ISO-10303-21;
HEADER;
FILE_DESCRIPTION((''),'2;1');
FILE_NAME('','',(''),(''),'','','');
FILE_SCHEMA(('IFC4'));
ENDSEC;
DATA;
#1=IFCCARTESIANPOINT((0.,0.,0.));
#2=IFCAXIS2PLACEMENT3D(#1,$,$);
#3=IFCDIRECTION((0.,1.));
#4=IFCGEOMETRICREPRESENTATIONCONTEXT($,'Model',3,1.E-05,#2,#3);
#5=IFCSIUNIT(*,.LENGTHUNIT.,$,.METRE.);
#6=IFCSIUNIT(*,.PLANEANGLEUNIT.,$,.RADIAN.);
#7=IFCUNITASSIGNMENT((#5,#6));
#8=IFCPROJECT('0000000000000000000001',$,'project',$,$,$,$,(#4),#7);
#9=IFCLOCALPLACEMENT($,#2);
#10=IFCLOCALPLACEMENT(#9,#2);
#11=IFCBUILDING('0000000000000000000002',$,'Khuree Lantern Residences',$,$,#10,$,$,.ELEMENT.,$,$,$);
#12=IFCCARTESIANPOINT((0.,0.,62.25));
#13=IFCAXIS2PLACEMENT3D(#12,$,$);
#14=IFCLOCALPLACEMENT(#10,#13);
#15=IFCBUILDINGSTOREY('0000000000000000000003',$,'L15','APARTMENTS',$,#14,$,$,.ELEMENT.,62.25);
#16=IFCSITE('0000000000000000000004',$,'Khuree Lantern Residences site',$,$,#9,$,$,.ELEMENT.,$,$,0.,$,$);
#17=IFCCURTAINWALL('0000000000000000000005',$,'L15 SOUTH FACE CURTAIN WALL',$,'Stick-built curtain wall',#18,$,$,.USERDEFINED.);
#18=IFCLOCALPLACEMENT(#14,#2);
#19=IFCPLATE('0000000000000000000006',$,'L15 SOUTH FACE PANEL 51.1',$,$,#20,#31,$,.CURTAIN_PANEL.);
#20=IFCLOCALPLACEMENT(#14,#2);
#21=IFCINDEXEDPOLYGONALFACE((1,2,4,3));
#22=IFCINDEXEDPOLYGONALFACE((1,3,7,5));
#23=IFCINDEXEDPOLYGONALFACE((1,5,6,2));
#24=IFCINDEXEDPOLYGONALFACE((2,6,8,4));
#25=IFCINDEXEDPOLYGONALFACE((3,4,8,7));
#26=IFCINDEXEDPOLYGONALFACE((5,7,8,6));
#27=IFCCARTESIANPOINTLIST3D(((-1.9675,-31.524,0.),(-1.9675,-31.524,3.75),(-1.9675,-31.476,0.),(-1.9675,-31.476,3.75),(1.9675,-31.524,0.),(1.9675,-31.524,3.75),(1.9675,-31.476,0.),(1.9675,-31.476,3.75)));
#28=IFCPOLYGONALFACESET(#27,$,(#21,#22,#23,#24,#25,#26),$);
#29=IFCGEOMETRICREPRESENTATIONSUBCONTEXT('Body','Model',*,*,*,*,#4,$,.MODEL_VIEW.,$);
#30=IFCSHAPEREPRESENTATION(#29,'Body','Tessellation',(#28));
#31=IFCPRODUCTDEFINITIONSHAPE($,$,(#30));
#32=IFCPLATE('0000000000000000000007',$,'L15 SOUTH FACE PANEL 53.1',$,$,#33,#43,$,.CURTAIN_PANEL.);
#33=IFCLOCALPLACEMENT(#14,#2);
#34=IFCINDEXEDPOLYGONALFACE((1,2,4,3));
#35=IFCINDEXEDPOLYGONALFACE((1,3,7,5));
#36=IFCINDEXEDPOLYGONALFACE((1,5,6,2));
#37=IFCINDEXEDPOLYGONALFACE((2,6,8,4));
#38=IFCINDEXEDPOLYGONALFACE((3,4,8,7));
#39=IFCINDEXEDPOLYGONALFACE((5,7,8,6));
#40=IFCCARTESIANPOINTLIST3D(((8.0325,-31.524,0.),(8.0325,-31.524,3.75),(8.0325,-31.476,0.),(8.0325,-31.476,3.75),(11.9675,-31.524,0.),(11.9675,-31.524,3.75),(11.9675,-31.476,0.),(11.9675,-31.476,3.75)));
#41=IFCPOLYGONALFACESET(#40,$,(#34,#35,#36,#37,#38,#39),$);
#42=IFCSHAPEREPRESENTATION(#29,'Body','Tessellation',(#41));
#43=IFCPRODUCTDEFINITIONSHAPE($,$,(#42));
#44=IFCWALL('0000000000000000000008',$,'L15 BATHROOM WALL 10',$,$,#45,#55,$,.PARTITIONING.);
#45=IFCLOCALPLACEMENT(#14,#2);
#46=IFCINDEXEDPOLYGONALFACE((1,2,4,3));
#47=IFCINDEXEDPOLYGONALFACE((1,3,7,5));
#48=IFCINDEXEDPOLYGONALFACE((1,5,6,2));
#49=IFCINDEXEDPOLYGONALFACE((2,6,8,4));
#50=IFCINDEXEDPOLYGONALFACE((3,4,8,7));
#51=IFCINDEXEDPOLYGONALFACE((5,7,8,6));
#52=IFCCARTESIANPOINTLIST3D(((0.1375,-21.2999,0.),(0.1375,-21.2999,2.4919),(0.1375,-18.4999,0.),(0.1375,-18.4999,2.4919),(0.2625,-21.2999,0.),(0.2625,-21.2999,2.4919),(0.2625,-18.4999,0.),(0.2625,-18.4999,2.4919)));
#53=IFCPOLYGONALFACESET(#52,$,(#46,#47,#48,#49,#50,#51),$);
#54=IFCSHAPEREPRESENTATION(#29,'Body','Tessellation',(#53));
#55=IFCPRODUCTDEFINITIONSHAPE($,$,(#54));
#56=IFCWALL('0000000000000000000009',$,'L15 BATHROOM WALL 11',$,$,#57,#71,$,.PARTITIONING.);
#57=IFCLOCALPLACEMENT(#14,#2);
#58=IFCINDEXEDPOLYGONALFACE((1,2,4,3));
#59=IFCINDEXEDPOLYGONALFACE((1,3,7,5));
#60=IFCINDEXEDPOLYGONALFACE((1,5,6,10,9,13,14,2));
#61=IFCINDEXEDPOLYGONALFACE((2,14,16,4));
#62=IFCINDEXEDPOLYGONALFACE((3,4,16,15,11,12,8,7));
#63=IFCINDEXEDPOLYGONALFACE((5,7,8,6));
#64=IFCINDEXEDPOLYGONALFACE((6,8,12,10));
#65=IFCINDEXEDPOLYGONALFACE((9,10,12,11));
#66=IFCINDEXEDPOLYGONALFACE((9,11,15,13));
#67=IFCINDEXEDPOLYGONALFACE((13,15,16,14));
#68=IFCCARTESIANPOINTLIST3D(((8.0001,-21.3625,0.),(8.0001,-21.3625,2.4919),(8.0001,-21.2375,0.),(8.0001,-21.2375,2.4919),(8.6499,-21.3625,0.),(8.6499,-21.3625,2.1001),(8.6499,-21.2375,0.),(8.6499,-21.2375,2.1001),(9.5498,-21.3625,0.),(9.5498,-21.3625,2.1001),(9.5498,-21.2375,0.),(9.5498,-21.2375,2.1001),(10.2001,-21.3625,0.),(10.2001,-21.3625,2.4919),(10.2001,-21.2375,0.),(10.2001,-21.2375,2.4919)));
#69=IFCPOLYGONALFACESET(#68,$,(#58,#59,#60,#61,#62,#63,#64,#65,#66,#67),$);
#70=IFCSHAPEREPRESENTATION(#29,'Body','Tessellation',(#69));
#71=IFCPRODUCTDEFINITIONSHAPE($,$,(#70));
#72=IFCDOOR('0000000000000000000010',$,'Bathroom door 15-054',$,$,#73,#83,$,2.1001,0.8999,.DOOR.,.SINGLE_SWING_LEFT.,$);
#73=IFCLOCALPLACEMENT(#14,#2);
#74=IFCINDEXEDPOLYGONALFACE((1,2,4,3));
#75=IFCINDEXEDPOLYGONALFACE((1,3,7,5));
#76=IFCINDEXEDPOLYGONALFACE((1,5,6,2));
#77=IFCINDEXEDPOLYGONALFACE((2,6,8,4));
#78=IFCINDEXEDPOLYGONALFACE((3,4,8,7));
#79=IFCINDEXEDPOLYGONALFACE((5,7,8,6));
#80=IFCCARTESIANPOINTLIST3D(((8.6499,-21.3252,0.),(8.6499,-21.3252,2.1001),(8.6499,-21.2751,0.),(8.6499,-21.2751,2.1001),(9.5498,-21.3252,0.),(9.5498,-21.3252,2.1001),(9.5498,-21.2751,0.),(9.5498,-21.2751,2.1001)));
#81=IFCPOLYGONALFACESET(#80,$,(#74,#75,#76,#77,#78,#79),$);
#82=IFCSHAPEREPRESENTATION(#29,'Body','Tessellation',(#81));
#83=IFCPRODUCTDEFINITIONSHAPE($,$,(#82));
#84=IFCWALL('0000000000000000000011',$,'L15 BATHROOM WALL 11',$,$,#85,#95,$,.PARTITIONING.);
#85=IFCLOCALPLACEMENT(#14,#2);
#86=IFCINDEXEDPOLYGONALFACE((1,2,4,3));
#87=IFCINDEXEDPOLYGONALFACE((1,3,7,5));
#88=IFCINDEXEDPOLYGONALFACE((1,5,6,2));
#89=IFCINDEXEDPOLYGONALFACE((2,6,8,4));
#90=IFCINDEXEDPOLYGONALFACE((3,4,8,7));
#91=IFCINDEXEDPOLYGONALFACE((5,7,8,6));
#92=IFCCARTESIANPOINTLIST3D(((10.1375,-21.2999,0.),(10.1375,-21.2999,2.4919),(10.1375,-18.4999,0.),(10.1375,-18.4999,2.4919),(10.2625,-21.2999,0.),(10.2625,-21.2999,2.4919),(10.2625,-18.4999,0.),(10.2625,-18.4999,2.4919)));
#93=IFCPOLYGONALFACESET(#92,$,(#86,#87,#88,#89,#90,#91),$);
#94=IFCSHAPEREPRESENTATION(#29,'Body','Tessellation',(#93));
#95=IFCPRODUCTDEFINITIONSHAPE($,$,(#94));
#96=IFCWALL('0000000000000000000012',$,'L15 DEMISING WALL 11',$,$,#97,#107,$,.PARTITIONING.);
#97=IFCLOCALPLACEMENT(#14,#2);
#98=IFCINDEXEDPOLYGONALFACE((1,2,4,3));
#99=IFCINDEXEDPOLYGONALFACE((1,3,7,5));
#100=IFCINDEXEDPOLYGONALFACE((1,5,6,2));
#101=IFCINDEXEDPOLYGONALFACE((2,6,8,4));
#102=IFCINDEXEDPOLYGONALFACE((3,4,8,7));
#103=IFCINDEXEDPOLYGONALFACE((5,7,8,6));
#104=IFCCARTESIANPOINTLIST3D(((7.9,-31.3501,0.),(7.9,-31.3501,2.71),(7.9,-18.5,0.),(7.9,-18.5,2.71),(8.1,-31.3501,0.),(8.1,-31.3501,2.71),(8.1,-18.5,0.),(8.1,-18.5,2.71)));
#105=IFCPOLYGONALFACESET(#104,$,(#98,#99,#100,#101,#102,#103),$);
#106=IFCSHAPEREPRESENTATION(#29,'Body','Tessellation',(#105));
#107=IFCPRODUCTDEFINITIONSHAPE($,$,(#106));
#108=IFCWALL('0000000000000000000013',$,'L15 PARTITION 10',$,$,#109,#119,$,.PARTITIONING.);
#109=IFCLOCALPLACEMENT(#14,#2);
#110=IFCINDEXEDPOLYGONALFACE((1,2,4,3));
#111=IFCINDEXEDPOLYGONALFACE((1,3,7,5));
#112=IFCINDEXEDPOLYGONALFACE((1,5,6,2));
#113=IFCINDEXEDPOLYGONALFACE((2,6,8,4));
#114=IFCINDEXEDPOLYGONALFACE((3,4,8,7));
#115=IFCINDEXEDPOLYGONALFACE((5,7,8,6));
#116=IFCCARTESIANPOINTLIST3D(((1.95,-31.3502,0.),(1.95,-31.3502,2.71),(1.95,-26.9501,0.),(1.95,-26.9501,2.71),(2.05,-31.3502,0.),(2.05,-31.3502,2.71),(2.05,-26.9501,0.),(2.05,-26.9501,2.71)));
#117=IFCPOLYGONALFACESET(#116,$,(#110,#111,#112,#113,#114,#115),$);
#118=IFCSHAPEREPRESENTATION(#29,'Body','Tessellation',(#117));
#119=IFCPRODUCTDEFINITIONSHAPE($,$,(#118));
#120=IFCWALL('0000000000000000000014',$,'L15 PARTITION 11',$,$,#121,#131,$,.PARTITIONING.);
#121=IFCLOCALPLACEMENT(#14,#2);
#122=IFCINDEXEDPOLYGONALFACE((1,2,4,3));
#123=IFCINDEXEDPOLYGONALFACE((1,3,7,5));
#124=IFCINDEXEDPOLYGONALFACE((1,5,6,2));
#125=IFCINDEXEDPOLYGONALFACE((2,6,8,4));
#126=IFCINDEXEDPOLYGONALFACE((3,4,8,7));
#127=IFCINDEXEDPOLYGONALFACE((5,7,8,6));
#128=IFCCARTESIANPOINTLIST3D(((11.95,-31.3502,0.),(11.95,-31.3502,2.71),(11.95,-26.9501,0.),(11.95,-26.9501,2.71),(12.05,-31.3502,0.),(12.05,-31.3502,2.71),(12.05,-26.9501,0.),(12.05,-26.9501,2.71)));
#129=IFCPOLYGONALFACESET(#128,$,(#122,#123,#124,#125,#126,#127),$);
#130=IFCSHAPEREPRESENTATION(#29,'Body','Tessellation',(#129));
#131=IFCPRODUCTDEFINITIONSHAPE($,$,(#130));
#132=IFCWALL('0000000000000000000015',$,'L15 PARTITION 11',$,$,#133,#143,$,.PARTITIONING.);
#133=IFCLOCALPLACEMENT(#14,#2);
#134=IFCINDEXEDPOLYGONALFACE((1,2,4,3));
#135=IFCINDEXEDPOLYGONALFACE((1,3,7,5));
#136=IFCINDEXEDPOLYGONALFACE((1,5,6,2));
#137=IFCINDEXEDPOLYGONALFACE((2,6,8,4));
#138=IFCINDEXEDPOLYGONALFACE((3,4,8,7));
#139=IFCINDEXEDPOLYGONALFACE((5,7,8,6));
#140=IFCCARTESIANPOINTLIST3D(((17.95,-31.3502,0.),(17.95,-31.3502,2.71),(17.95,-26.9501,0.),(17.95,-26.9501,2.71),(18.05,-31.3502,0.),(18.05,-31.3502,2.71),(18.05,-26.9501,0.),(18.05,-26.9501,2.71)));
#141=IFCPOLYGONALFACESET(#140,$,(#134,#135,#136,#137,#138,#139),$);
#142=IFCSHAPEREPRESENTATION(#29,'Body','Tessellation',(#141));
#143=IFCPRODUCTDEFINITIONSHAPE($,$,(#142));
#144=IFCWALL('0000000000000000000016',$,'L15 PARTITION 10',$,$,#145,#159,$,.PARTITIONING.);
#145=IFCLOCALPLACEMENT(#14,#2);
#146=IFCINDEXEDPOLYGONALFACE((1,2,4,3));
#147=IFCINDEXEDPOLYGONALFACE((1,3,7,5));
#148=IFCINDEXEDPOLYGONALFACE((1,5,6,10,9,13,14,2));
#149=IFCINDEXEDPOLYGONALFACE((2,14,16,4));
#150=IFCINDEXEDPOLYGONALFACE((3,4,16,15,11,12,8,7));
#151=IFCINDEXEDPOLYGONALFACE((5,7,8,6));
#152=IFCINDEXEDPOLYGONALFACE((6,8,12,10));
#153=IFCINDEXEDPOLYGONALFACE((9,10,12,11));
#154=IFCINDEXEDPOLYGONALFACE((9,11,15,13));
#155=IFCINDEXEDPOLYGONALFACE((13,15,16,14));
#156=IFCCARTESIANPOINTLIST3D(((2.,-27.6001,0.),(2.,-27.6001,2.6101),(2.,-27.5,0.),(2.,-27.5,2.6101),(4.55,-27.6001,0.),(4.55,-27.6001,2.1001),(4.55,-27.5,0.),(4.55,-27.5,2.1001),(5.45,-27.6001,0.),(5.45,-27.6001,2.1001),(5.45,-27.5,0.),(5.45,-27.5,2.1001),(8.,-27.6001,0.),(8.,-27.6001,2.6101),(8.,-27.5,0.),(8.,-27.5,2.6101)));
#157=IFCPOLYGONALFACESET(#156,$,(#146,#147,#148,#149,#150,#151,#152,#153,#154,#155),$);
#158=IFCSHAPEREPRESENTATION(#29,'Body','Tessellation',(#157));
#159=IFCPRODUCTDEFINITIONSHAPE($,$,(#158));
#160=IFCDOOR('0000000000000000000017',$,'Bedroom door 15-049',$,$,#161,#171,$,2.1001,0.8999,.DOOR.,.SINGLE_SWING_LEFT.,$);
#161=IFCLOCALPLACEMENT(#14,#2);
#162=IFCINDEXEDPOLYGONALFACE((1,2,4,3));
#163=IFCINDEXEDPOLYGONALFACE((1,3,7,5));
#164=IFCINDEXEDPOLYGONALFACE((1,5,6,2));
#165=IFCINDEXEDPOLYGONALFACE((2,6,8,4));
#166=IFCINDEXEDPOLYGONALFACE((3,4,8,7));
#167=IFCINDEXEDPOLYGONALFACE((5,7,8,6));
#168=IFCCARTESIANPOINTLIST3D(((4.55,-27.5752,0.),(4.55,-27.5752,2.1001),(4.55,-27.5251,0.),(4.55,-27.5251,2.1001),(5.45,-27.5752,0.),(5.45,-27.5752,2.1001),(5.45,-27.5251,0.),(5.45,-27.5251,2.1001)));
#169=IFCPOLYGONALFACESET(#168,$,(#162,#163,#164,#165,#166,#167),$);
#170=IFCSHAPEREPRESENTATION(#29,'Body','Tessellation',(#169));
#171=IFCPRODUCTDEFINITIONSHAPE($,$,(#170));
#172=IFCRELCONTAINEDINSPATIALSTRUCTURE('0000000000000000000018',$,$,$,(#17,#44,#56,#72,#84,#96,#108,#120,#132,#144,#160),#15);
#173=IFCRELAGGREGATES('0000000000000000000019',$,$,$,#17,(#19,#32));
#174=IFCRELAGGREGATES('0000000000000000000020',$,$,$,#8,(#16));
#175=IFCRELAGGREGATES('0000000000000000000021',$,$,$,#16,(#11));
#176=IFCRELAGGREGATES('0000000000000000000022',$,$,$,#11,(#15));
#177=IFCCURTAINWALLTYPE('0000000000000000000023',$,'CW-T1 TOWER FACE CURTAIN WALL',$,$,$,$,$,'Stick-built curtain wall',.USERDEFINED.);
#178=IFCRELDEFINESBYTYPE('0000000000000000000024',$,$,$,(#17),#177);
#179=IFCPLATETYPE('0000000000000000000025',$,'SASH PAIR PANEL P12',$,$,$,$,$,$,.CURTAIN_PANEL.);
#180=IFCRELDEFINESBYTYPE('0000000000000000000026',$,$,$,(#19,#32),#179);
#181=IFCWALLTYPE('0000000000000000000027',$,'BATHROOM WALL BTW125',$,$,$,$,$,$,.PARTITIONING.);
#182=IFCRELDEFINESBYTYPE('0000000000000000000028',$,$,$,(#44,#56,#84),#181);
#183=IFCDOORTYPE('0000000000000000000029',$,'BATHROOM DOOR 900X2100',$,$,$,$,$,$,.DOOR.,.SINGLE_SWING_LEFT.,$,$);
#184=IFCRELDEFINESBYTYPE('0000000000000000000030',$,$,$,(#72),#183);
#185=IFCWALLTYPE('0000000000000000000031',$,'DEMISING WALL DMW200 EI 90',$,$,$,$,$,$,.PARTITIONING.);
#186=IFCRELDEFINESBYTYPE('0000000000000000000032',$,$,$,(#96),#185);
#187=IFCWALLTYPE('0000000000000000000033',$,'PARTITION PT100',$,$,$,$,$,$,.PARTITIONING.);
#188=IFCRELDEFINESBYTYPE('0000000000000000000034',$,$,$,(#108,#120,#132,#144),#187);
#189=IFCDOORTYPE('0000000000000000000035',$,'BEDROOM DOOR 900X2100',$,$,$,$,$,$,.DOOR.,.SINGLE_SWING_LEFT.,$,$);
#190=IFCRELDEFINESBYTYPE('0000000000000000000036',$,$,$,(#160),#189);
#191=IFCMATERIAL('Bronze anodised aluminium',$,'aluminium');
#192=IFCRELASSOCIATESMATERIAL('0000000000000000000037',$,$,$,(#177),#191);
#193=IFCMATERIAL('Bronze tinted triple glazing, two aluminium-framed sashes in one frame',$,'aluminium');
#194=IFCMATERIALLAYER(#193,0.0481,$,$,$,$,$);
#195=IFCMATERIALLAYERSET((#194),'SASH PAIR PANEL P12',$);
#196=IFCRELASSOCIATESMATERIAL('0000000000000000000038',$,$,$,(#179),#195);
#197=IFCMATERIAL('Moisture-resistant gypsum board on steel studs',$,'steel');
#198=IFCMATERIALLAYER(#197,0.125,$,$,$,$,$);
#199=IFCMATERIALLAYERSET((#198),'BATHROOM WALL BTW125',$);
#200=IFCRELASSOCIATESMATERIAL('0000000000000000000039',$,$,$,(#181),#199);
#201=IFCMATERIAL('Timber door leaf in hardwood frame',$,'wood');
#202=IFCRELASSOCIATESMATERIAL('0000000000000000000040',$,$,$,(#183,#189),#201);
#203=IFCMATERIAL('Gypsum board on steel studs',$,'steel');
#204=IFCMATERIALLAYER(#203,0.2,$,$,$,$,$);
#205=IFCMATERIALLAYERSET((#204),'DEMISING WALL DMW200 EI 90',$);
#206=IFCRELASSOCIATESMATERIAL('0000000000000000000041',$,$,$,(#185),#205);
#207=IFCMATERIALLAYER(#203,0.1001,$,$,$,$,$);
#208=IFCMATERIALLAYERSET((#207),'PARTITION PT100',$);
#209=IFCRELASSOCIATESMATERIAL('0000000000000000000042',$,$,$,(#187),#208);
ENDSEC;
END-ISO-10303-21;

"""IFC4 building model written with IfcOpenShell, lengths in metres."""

from ifc_helpers import new_model, si_unit, direction, frame, frame_2d, origin, origin_2d, place, context, subcontext, project, spatial, rectangle, extrude, material, layer, layer_set, type_object, element, fill, aggregate, save


model = new_model("IFC4")

# Units and contexts
model_context = context("Model", 3, precision=1e-05, world=origin(), true_north=direction((0.0, 1.0)))
body_context = subcontext(model_context, "Body", "Model", "MODEL_VIEW")
ifc_project = project(units=[si_unit("LENGTHUNIT", "METRE"), si_unit("PLANEANGLEUNIT", "RADIAN")], contexts=[model_context])

# Site, building, storey
site_placement = place(None, origin())
site = spatial("IfcSite", under=ifc_project, at=site_placement, Name="Khuree Lantern Residences site", CompositionType="ELEMENT", RefElevation=0.0)
building_placement = place(site_placement, origin())
building = spatial("IfcBuilding", under=site, at=building_placement, Name="Khuree Lantern Residences", CompositionType="ELEMENT")
storey_placement = place(building_placement, frame((0.0, 0.0, 62.25)))
storey = spatial("IfcBuildingStorey", under=building, at=storey_placement, Name="L15", Description="APARTMENTS", CompositionType="ELEMENT", Elevation=62.25)

# Curtain wall
ifc_material_1 = material(Name="Bronze anodised aluminium", Category="aluminium")
curtain_wall_type = type_object("IfcCurtainWallType", Name="CW-T1 TOWER FACE CURTAIN WALL", ElementType="Stick-built curtain wall", PredefinedType="USERDEFINED", material=ifc_material_1)
curtain_wall_placement = place(storey_placement, origin())
curtain_wall = element("IfcCurtainWall", 1, at=curtain_wall_placement, inside=storey, type_object=curtain_wall_type, Name="L15 SOUTH FACE CURTAIN WALL", ObjectType="Stick-built curtain wall", PredefinedType="USERDEFINED")

# Plates
ifc_material_2 = material(Name="Bronze tinted triple glazing, two aluminium-framed sashes in one frame", Category="aluminium")
ifc_layer_1 = layer(ifc_material_2, 0.0481)
ifc_layer_set_1 = layer_set([ifc_layer_1], Name="SASH PAIR PANEL P12")
plate_type_1 = type_object("IfcPlateType", Name="SASH PAIR PANEL P12", PredefinedType="CURTAIN_PANEL", material=ifc_layer_set_1)
plate_1_placement = place(storey_placement, frame((0.0, -31.5, 0.0), z_axis=(0.0, 0.0, 1.0), x_axis=(1.0, 0.0, 0.0)))
plate_1 = element("IfcPlate", 2, at=plate_1_placement, type_object=plate_type_1, Name="L15 SOUTH FACE PANEL 51.1", PredefinedType="CURTAIN_PANEL", context=body_context, shape_type="SweptSolid", body=[
    extrude(rectangle(XDim=3.9351, YDim=0.0481, at=origin_2d()), origin(), (0.0, 0.0, 1.0), 3.75),
])
plate_2_placement = place(storey_placement, frame((10.0, -31.5, 0.0), z_axis=(0.0, 0.0, 1.0), x_axis=(1.0, 0.0, 0.0)))
plate_2 = element("IfcPlate", 3, at=plate_2_placement, type_object=plate_type_1, Name="L15 SOUTH FACE PANEL 53.1", PredefinedType="CURTAIN_PANEL", context=body_context, shape_type="SweptSolid", body=[
    extrude(rectangle(XDim=3.9351, YDim=0.0481, at=origin_2d()), origin(), (0.0, 0.0, 1.0), 3.75),
])
aggregate(curtain_wall, [plate_1, plate_2])

# Wall
ifc_material_3 = material(Name="Moisture-resistant gypsum board on steel studs", Category="steel")
ifc_layer_2 = layer(ifc_material_3, 0.125)
ifc_layer_set_2 = layer_set([ifc_layer_2], Name="BATHROOM WALL BTW125")
wall_type_1 = type_object("IfcWallType", Name="BATHROOM WALL BTW125", PredefinedType="PARTITIONING", material=ifc_layer_set_2)
wall_1_placement = place(storey_placement, frame((0.2, -18.5, 0.0), z_axis=(0.0, 0.0, 1.0), x_axis=(0.0, -1.0, 0.0)))
element("IfcWall", 4, at=wall_1_placement, inside=storey, type_object=wall_type_1, Name="L15 BATHROOM WALL 10", PredefinedType="PARTITIONING", context=body_context, shape_type="SweptSolid", body=[
    extrude(rectangle(XDim=2.8, YDim=0.125, at=frame_2d((1.3999, 0.0))), origin(), (0.0, 0.0, 1.0), 2.4919),
])

# Wall, opening, door
wall_2_placement = place(storey_placement, frame((8.0, -21.3, 0.0), z_axis=(0.0, 0.0, 1.0), x_axis=(1.0, 0.0, 0.0)))
wall_2 = element("IfcWall", 5, at=wall_2_placement, inside=storey, type_object=wall_type_1, Name="L15 BATHROOM WALL 11", PredefinedType="PARTITIONING", context=body_context, shape_type="SweptSolid", body=[
    extrude(rectangle(XDim=2.2, YDim=0.125, at=frame_2d((1.1001, 0.0))), origin(), (0.0, 0.0, 1.0), 2.4919),
])
opening_1_placement = place(wall_2_placement, frame((0.6499, 0.0, 0.0)))
opening_1 = element("IfcOpeningElement", 6, at=opening_1_placement, cuts=wall_2, PredefinedType="OPENING", context=body_context, shape_type="SweptSolid", body=[
    extrude(rectangle(XDim=0.8999, YDim=2.1001, at=frame_2d((0.45, 1.05))), frame((0.0, 0.0725, 0.0), z_axis=(0.0, -1.0, 0.0), x_axis=(1.0, 0.0, 0.0)), (0.0, 0.0, 1.0), 0.145),
])
ifc_material_4 = material(Name="Timber door leaf in hardwood frame", Category="wood")
door_type_1 = type_object("IfcDoorType", Name="BATHROOM DOOR 900X2100", OperationType="SINGLE_SWING_LEFT", PredefinedType="DOOR", material=ifc_material_4)
door_1_placement = place(opening_1_placement, origin())
door_1 = element("IfcDoor", 7, at=door_1_placement, inside=storey, type_object=door_type_1, Name="Bathroom door 15-054", OperationType="SINGLE_SWING_LEFT", OverallHeight=2.1001, OverallWidth=0.8999, PredefinedType="DOOR", context=body_context, shape_type="SweptSolid", body=[
    extrude(rectangle(XDim=0.8999, YDim=2.1001, at=frame_2d((0.45, 1.05))), frame((0.0, 0.0249, 0.0), z_axis=(0.0, -1.0, 0.0), x_axis=(1.0, 0.0, 0.0)), (0.0, 0.0, 1.0), 0.05),
])
fill(opening_1, door_1)

# Walls
wall_3_placement = place(storey_placement, frame((10.2, -18.5, 0.0), z_axis=(0.0, 0.0, 1.0), x_axis=(0.0, -1.0, 0.0)))
element("IfcWall", 8, at=wall_3_placement, inside=storey, type_object=wall_type_1, Name="L15 BATHROOM WALL 11", PredefinedType="PARTITIONING", context=body_context, shape_type="SweptSolid", body=[
    extrude(rectangle(XDim=2.8, YDim=0.125, at=frame_2d((1.3999, 0.0))), origin(), (0.0, 0.0, 1.0), 2.4919),
])
ifc_material_5 = material(Name="Gypsum board on steel studs", Category="steel")
ifc_layer_3 = layer(ifc_material_5, 0.2)
ifc_layer_set_3 = layer_set([ifc_layer_3], Name="DEMISING WALL DMW200 EI 90")
wall_type_2 = type_object("IfcWallType", Name="DEMISING WALL DMW200 EI 90", PredefinedType="PARTITIONING", material=ifc_layer_set_3)
wall_4_placement = place(storey_placement, frame((8.0, -18.5, 0.0), z_axis=(0.0, 0.0, 1.0), x_axis=(0.0, -1.0, 0.0)))
element("IfcWall", 9, at=wall_4_placement, inside=storey, type_object=wall_type_2, Name="L15 DEMISING WALL 11", PredefinedType="PARTITIONING", context=body_context, shape_type="SweptSolid", body=[
    extrude(rectangle(XDim=12.8501, YDim=0.2, at=frame_2d((6.425, 0.0))), origin(), (0.0, 0.0, 1.0), 2.71),
])
ifc_layer_4 = layer(ifc_material_5, 0.1001)
ifc_layer_set_4 = layer_set([ifc_layer_4], Name="PARTITION PT100")
wall_type_3 = type_object("IfcWallType", Name="PARTITION PT100", PredefinedType="PARTITIONING", material=ifc_layer_set_4)
for number, where, z_axis, x_axis, name in (
    (10, (2.0, -26.95, 0.0), (0.0, 0.0, 1.0), (0.0, -1.0, 0.0), "L15 PARTITION 10"),
    (11, (12.0, -26.95, 0.0), (0.0, 0.0, 1.0), (0.0, -1.0, 0.0), "L15 PARTITION 11"),
    (12, (18.0, -26.95, 0.0), (0.0, 0.0, 1.0), (0.0, -1.0, 0.0), "L15 PARTITION 11"),
):
    element("IfcWall", number, at=place(storey_placement, frame(where, z_axis=z_axis, x_axis=x_axis)), inside=storey, type_object=wall_type_3, Name=name, PredefinedType="PARTITIONING", context=body_context, shape_type="SweptSolid", body=[
        extrude(rectangle(XDim=4.4001, YDim=0.1001, at=frame_2d((2.2002, 0.0))), origin(), (0.0, 0.0, 1.0), 2.71),
    ])

# Wall, opening, door
wall_5_placement = place(storey_placement, frame((2.0, -27.55, 0.0), z_axis=(0.0, 0.0, 1.0), x_axis=(1.0, 0.0, 0.0)))
wall_5 = element("IfcWall", 13, at=wall_5_placement, inside=storey, type_object=wall_type_3, Name="L15 PARTITION 10", PredefinedType="PARTITIONING", context=body_context, shape_type="SweptSolid", body=[
    extrude(rectangle(XDim=6.0, YDim=0.1001, at=frame_2d((3.0, 0.0))), origin(), (0.0, 0.0, 1.0), 2.6101),
])
opening_2_placement = place(wall_5_placement, frame((2.55, 0.0, 0.0)))
opening_2 = element("IfcOpeningElement", 14, at=opening_2_placement, cuts=wall_5, PredefinedType="OPENING", context=body_context, shape_type="SweptSolid", body=[
    extrude(rectangle(XDim=0.8999, YDim=2.1001, at=frame_2d((0.45, 1.05))), frame((0.0, 0.0601, 0.0), z_axis=(0.0, -1.0, 0.0), x_axis=(1.0, 0.0, 0.0)), (0.0, 0.0, 1.0), 0.1201),
])
door_type_2 = type_object("IfcDoorType", Name="BEDROOM DOOR 900X2100", OperationType="SINGLE_SWING_LEFT", PredefinedType="DOOR", material=ifc_material_4)
door_2_placement = place(opening_2_placement, origin())
door_2 = element("IfcDoor", 15, at=door_2_placement, inside=storey, type_object=door_type_2, Name="Bedroom door 15-049", OperationType="SINGLE_SWING_LEFT", OverallHeight=2.1001, OverallWidth=0.8999, PredefinedType="DOOR", context=body_context, shape_type="SweptSolid", body=[
    extrude(rectangle(XDim=0.8999, YDim=2.1001, at=frame_2d((0.45, 1.05))), frame((0.0, 0.0249, 0.0), z_axis=(0.0, -1.0, 0.0), x_axis=(1.0, 0.0, 0.0)), (0.0, 0.0, 1.0), 0.05),
])
fill(opening_2, door_2)

save(model, "model.ifc")
